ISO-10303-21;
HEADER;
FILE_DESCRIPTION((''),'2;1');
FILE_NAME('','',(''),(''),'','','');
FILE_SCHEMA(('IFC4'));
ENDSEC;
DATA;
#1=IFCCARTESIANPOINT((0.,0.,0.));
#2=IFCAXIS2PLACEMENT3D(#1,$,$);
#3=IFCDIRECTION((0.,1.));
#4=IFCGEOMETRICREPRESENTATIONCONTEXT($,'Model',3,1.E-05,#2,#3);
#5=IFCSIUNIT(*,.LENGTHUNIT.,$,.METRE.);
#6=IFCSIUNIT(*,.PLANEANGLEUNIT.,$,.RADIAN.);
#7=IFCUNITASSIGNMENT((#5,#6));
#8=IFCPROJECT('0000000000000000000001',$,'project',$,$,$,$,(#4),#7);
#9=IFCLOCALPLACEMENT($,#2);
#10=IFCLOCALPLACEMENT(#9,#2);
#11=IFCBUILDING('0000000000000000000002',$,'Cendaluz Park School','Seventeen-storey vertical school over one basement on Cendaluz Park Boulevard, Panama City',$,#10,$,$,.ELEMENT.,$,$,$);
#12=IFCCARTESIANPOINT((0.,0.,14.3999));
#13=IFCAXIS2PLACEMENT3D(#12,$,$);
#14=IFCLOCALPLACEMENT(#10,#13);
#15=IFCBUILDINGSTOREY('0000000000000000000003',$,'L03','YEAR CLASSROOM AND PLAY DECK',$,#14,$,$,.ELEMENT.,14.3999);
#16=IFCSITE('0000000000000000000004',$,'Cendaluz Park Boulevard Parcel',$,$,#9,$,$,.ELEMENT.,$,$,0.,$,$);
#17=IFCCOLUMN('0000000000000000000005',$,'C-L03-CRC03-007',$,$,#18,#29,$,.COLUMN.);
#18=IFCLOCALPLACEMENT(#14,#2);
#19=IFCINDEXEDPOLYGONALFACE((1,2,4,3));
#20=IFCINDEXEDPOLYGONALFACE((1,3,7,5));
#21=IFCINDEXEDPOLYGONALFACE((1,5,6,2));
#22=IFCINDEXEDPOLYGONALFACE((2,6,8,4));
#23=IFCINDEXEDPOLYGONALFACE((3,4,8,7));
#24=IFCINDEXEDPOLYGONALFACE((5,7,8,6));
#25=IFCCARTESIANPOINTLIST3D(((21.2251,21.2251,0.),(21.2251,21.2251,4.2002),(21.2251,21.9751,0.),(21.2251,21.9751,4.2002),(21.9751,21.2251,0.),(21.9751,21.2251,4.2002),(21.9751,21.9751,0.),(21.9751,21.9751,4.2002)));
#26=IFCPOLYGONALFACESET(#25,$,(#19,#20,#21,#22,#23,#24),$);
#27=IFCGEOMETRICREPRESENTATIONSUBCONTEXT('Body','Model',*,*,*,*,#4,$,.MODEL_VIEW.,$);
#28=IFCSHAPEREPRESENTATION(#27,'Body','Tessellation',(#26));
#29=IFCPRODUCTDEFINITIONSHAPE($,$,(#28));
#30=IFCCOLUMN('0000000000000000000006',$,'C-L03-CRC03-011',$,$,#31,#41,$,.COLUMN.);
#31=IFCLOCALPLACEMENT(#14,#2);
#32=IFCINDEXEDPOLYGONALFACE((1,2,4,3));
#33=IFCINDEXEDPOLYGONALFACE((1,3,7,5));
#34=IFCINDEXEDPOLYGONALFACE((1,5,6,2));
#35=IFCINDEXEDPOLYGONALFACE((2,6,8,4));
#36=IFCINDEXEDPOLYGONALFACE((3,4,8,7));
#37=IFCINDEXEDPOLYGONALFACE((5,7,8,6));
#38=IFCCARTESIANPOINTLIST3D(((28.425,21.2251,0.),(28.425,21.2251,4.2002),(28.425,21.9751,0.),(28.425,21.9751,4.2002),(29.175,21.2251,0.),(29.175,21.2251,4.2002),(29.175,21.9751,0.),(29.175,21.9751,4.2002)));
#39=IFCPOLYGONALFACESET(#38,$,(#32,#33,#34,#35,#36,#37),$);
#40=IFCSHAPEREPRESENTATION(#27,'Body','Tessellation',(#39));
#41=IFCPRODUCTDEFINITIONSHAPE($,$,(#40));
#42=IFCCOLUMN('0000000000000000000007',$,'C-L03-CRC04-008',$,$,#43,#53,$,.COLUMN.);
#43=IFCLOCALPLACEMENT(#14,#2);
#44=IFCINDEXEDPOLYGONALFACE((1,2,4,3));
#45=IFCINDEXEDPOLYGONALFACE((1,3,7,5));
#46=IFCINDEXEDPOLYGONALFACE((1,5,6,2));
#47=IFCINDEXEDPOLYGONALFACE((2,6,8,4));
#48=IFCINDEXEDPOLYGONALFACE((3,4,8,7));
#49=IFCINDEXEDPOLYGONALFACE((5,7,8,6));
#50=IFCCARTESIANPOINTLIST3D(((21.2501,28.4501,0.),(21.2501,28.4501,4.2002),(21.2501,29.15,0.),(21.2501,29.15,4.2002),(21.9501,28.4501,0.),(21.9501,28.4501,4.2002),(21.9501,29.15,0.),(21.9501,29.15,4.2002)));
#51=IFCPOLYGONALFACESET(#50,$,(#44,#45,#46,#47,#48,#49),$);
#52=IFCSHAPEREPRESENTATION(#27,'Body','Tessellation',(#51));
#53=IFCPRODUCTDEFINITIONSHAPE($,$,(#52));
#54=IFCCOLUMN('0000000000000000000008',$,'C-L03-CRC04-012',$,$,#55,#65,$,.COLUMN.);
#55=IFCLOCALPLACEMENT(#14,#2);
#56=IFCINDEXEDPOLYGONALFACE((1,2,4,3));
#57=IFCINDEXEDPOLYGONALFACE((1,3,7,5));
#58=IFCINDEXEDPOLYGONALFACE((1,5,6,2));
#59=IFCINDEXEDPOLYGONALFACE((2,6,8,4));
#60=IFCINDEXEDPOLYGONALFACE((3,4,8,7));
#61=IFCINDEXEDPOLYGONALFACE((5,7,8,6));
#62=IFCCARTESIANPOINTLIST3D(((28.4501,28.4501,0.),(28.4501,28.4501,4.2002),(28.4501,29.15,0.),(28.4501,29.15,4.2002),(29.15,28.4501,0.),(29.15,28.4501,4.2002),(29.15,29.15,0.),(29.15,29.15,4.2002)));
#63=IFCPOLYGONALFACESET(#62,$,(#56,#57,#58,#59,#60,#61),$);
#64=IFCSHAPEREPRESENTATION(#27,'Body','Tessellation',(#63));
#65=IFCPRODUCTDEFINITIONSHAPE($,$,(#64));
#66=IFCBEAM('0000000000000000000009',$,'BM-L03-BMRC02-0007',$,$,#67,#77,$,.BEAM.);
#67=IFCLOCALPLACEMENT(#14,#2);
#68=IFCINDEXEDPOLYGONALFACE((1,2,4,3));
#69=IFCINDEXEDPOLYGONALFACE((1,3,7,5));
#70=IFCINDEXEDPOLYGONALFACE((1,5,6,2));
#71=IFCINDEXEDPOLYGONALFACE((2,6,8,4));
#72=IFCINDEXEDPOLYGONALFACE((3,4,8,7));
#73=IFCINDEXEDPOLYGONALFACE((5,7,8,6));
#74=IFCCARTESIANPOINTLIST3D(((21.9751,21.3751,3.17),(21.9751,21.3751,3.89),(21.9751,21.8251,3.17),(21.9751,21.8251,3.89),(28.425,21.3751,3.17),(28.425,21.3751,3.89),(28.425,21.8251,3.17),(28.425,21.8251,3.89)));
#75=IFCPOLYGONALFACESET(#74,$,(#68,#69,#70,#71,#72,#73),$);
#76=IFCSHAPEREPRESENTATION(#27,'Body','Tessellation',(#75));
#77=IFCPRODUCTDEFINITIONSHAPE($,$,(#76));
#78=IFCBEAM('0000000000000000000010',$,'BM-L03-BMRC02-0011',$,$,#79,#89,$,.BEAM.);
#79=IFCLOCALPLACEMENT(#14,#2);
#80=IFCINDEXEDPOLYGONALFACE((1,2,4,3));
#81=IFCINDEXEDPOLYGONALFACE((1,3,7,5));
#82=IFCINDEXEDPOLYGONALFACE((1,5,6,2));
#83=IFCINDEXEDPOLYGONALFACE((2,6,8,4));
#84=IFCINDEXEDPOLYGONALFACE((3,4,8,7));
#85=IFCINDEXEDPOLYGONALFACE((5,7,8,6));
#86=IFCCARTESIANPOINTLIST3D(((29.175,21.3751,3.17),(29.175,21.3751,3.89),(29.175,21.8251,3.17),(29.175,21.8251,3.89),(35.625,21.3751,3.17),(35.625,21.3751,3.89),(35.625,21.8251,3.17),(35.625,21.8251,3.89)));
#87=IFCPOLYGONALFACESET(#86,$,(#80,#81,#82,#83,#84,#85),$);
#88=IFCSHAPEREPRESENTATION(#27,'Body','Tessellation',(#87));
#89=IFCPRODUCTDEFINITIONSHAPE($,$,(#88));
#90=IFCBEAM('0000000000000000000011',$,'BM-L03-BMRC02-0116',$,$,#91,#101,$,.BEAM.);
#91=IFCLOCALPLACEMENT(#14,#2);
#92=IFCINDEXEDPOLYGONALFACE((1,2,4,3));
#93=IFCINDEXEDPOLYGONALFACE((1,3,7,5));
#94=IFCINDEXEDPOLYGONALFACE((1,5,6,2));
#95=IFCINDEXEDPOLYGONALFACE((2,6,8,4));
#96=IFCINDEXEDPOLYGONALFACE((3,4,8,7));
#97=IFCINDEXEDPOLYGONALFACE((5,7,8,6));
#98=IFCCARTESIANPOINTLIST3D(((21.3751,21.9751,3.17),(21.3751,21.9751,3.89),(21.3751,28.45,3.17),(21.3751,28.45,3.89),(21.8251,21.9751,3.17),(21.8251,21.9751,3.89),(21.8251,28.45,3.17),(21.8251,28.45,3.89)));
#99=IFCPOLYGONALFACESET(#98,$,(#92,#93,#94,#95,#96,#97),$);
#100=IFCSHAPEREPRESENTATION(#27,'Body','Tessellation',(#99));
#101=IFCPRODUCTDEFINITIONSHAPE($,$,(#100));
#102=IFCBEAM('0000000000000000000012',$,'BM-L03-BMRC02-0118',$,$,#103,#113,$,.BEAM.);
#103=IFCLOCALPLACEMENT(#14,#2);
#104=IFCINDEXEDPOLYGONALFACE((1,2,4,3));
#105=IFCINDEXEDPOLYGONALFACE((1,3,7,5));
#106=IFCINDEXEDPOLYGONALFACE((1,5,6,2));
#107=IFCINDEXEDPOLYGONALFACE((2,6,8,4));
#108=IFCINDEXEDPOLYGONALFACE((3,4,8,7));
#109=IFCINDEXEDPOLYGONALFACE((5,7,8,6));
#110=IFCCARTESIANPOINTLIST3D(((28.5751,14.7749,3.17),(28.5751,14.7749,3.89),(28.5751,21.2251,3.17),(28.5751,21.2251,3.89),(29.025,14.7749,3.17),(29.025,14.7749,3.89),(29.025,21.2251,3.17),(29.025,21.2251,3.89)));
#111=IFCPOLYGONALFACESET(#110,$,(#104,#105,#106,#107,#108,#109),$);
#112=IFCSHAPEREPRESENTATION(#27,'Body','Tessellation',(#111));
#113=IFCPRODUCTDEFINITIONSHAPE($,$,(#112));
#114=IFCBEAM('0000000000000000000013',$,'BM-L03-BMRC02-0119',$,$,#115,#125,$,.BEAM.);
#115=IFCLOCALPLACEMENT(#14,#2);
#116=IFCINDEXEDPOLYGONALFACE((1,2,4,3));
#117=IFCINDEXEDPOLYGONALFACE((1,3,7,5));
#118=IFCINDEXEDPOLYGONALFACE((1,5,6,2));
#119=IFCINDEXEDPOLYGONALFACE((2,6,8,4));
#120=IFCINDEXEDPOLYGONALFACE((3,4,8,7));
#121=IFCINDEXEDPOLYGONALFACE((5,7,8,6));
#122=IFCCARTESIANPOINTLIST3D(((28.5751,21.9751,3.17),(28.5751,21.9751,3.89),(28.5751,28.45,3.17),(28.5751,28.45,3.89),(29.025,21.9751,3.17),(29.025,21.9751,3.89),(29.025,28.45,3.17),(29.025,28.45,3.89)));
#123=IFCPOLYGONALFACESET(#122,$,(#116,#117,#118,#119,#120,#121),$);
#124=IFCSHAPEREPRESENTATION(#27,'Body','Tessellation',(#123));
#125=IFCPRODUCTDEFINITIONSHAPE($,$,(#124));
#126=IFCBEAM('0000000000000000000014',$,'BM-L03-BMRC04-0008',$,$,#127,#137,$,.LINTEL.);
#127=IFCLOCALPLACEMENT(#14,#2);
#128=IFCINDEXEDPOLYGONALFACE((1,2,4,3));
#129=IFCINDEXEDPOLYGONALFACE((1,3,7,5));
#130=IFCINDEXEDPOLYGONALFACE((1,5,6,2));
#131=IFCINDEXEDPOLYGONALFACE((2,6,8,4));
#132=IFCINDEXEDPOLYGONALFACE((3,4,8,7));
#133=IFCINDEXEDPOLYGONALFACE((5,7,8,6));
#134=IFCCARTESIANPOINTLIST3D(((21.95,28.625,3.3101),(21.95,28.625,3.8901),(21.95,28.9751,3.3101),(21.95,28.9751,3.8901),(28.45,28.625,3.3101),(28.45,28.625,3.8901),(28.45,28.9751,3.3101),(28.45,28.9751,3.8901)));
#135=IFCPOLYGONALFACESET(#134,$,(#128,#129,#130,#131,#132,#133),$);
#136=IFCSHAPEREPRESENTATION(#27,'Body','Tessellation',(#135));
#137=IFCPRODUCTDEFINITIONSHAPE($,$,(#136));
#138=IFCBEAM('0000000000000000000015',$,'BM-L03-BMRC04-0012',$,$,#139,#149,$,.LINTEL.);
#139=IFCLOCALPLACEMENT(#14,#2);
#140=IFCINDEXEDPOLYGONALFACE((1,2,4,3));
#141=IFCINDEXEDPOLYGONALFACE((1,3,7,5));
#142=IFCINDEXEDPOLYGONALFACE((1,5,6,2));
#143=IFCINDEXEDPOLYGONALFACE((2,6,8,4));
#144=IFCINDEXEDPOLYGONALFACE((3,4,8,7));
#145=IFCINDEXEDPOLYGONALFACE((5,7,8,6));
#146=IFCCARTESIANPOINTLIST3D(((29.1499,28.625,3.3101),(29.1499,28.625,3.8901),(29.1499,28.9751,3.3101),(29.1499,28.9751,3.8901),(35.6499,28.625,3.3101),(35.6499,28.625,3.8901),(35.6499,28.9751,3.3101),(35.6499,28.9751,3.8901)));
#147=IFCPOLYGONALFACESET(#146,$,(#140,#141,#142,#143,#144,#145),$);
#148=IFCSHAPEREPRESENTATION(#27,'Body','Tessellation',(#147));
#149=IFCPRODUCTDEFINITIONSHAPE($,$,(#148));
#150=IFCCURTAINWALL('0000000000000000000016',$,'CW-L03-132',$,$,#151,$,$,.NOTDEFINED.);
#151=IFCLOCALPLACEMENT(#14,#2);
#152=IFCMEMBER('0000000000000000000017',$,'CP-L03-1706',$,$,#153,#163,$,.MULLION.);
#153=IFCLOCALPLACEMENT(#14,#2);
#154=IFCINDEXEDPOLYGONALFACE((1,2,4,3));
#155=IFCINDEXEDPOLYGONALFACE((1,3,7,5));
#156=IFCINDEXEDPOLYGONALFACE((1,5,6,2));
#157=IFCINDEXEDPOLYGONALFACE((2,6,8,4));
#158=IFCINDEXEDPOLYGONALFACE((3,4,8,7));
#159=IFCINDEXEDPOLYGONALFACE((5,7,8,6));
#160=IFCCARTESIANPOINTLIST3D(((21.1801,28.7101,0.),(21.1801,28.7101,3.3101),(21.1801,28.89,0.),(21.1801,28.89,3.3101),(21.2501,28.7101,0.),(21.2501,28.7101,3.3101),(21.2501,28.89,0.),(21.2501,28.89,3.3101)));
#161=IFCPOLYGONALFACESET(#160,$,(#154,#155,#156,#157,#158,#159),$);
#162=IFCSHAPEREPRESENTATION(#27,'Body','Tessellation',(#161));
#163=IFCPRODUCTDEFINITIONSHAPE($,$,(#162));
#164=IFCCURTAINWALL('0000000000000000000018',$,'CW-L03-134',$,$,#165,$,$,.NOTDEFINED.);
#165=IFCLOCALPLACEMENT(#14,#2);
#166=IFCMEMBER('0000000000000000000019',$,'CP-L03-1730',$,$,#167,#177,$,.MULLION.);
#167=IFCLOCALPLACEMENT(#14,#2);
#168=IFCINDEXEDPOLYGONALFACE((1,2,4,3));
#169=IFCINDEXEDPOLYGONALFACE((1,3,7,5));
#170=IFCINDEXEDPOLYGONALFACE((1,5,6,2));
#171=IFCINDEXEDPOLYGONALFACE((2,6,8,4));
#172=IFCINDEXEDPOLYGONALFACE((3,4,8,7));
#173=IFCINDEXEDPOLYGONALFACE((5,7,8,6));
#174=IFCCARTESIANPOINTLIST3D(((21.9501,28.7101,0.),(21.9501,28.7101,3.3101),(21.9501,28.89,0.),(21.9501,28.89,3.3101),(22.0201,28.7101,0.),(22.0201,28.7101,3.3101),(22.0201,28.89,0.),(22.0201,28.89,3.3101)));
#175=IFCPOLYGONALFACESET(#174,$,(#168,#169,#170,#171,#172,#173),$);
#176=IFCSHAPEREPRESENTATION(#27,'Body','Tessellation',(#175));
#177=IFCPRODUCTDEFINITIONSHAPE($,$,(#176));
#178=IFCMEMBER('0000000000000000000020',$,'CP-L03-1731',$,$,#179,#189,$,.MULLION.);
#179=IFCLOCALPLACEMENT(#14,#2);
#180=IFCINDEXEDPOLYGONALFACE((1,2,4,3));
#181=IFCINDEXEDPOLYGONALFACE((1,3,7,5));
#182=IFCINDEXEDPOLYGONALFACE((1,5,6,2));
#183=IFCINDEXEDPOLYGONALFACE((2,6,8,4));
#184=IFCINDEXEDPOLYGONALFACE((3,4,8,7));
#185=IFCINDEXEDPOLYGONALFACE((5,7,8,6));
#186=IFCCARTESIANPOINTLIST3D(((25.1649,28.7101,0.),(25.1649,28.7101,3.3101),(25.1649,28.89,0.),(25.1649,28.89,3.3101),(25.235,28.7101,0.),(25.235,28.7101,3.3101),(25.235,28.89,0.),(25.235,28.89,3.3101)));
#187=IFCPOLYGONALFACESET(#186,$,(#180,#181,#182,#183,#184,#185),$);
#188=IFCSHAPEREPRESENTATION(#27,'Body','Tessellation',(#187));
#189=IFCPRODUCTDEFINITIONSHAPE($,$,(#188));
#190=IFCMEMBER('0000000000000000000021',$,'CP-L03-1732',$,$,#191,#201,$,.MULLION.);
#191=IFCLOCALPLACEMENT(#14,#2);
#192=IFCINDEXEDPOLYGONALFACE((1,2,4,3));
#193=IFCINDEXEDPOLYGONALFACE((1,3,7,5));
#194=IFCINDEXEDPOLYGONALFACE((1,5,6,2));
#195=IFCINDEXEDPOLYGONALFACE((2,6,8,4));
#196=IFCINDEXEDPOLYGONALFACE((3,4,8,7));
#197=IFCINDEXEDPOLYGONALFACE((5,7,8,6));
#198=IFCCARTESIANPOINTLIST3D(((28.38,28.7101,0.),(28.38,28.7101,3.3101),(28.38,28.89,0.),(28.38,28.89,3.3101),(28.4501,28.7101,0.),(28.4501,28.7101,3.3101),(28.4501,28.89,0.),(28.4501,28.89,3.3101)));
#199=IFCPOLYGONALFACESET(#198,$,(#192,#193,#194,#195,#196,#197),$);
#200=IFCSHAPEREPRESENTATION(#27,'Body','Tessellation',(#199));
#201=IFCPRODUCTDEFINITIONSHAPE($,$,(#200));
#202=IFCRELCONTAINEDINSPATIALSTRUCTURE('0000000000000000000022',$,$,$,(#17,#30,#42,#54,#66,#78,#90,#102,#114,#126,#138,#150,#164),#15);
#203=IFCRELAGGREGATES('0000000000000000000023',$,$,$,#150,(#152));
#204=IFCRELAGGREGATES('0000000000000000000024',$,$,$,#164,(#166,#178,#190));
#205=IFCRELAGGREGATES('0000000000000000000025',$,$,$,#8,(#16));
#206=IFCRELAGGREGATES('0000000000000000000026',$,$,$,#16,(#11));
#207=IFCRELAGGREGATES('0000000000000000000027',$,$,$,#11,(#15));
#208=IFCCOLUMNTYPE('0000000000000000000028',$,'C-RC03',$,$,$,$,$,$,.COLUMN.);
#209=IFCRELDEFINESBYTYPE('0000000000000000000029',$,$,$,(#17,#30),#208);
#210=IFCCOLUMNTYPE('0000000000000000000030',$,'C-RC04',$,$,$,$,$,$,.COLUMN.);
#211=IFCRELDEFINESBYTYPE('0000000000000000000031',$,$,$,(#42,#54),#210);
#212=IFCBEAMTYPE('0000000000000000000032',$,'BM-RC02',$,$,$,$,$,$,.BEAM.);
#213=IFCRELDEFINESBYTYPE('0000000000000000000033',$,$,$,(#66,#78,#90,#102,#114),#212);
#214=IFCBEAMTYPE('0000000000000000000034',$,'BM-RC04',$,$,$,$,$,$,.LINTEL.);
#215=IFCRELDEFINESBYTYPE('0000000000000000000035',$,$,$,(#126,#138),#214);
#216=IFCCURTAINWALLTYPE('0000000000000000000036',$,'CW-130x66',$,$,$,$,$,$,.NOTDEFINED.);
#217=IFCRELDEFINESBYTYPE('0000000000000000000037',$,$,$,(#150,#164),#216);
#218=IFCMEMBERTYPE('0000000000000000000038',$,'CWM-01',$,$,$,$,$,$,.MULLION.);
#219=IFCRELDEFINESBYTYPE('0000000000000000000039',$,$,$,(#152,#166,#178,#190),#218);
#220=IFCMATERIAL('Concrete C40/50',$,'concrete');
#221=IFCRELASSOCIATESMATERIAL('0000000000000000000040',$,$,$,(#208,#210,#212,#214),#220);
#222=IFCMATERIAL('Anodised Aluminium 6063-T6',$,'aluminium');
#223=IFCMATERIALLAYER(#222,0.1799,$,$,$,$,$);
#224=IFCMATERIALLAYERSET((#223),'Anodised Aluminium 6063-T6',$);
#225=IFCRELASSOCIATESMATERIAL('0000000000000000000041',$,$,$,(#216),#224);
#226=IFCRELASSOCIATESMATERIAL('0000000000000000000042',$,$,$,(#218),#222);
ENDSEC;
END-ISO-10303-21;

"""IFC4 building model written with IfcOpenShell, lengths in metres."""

from ifc_helpers import new_model, si_unit, direction, frame, origin, origin_2d, place, context, subcontext, project, spatial, rectangle, extrude, material, layer, layer_set, material_profile, profile_set, type_object, element, aggregate, save


model = new_model("IFC4")

# Units and contexts
model_context = context("Model", 3, precision=1e-05, world=origin(), true_north=direction((0.0, 1.0)))
body_context = subcontext(model_context, "Body", "Model", "MODEL_VIEW")
ifc_project = project(units=[si_unit("LENGTHUNIT", "METRE"), si_unit("PLANEANGLEUNIT", "RADIAN")], contexts=[model_context])

# Site, building, storey
site_placement = place(None, origin())
site = spatial("IfcSite", under=ifc_project, at=site_placement, Name="Cendaluz Park Boulevard Parcel", CompositionType="ELEMENT", RefElevation=0.0)
building_placement = place(site_placement, origin())
building = spatial("IfcBuilding", under=site, at=building_placement, Name="Cendaluz Park School", Description="Seventeen-storey vertical school over one basement on Cendaluz Park Boulevard, Panama City", CompositionType="ELEMENT")
storey_placement = place(building_placement, frame((0.0, 0.0, 14.3999)))
storey = spatial("IfcBuildingStorey", under=building, at=storey_placement, Name="L03", Description="YEAR CLASSROOM AND PLAY DECK", CompositionType="ELEMENT", Elevation=14.3999)

# Columns
ifc_material_1 = material(Name="Concrete C40/50", Category="concrete")
ifc_material_profile_1 = material_profile(ifc_material_1, rectangle(XDim=0.75, YDim=0.75, at=origin_2d()), Name="RC 750x750", Category="concrete")
ifc_profile_set_1 = profile_set([ifc_material_profile_1], Name="Concrete C40/50")
column_type_1 = type_object("IfcColumnType", Name="C-RC03", PredefinedType="COLUMN", material=ifc_profile_set_1)
for number, where, z_axis, x_axis, name in (
    (1, (21.6001, 21.6001, 0.0), (0.0, 0.0, 1.0), (1.0, 0.0, 0.0), "C-L03-CRC03-007"),
    (2, (28.8, 21.6001, 0.0), (0.0, 0.0, 1.0), (1.0, 0.0, 0.0), "C-L03-CRC03-011"),
):
    element("IfcColumn", number, at=place(storey_placement, frame(where, z_axis=z_axis, x_axis=x_axis)), inside=storey, type_object=column_type_1, Name=name, PredefinedType="COLUMN", context=body_context, shape_type="SweptSolid", body=[
        extrude(rectangle(XDim=0.75, YDim=0.75, at=origin_2d()), origin(), (0.0, 0.0, 1.0), 4.2002),
    ])
ifc_material_profile_2 = material_profile(ifc_material_1, rectangle(XDim=0.7, YDim=0.7, at=origin_2d()), Name="RC 700x700", Category="concrete")
ifc_profile_set_2 = profile_set([ifc_material_profile_2], Name="Concrete C40/50")
column_type_2 = type_object("IfcColumnType", Name="C-RC04", PredefinedType="COLUMN", material=ifc_profile_set_2)
for number, where, z_axis, x_axis, name in (
    (3, (21.6001, 28.8, 0.0), (0.0, 0.0, 1.0), (1.0, 0.0, 0.0), "C-L03-CRC04-008"),
    (4, (28.8, 28.8, 0.0), (0.0, 0.0, 1.0), (1.0, 0.0, 0.0), "C-L03-CRC04-012"),
):
    element("IfcColumn", number, at=place(storey_placement, frame(where, z_axis=z_axis, x_axis=x_axis)), inside=storey, type_object=column_type_2, Name=name, PredefinedType="COLUMN", context=body_context, shape_type="SweptSolid", body=[
        extrude(rectangle(XDim=0.7, YDim=0.7, at=origin_2d()), origin(), (0.0, 0.0, 1.0), 4.2002),
    ])

# Beams
ifc_material_profile_3 = material_profile(ifc_material_1, rectangle(XDim=0.45, YDim=0.72, at=origin_2d()), Name="RC 450x720", Category="concrete")
ifc_profile_set_3 = profile_set([ifc_material_profile_3], Name="Concrete C40/50")
beam_type_1 = type_object("IfcBeamType", Name="BM-RC02", PredefinedType="BEAM", material=ifc_profile_set_3)
for number, where, z_axis, x_axis, name in (
    (5, (21.9751, 21.6001, 3.53), (1.0, 0.0, 0.0), (0.0, 1.0, 0.0), "BM-L03-BMRC02-0007"),
    (6, (29.175, 21.6001, 3.53), (1.0, 0.0, 0.0), (0.0, 1.0, 0.0), "BM-L03-BMRC02-0011"),
):
    element("IfcBeam", number, at=place(storey_placement, frame(where, z_axis=z_axis, x_axis=x_axis)), inside=storey, type_object=beam_type_1, Name=name, PredefinedType="BEAM", context=body_context, shape_type="SweptSolid", body=[
        extrude(rectangle(XDim=0.45, YDim=0.72, at=origin_2d()), origin(), (0.0, 0.0, 1.0), 6.45),
    ])
beam_1_placement = place(storey_placement, frame((21.6001, 21.9751, 3.53), z_axis=(0.0, 1.0, 0.0), x_axis=(-1.0, 0.0, 0.0)))
element("IfcBeam", 7, at=beam_1_placement, inside=storey, type_object=beam_type_1, Name="BM-L03-BMRC02-0116", PredefinedType="BEAM", context=body_context, shape_type="SweptSolid", body=[
    extrude(rectangle(XDim=0.45, YDim=0.72, at=origin_2d()), origin(), (0.0, 0.0, 1.0), 6.4749),
])
beam_2_placement = place(storey_placement, frame((28.8, 14.7749, 3.53), z_axis=(0.0, 1.0, 0.0), x_axis=(-1.0, 0.0, 0.0)))
element("IfcBeam", 8, at=beam_2_placement, inside=storey, type_object=beam_type_1, Name="BM-L03-BMRC02-0118", PredefinedType="BEAM", context=body_context, shape_type="SweptSolid", body=[
    extrude(rectangle(XDim=0.45, YDim=0.72, at=origin_2d()), origin(), (0.0, 0.0, 1.0), 6.4502),
])
beam_3_placement = place(storey_placement, frame((28.8, 21.9751, 3.53), z_axis=(0.0, 1.0, 0.0), x_axis=(-1.0, 0.0, 0.0)))
element("IfcBeam", 9, at=beam_3_placement, inside=storey, type_object=beam_type_1, Name="BM-L03-BMRC02-0119", PredefinedType="BEAM", context=body_context, shape_type="SweptSolid", body=[
    extrude(rectangle(XDim=0.45, YDim=0.72, at=origin_2d()), origin(), (0.0, 0.0, 1.0), 6.4749),
])
ifc_material_profile_4 = material_profile(ifc_material_1, rectangle(XDim=0.3501, YDim=0.5801, at=origin_2d()), Name="RC 350x580", Category="concrete")
ifc_profile_set_4 = profile_set([ifc_material_profile_4], Name="Concrete C40/50")
beam_type_2 = type_object("IfcBeamType", Name="BM-RC04", PredefinedType="LINTEL", material=ifc_profile_set_4)
for number, where, z_axis, x_axis, name in (
    (10, (21.95, 28.8, 3.6001), (1.0, 0.0, 0.0), (0.0, 1.0, 0.0), "BM-L03-BMRC04-0008"),
    (11, (29.1499, 28.8, 3.6001), (1.0, 0.0, 0.0), (0.0, 1.0, 0.0), "BM-L03-BMRC04-0012"),
):
    element("IfcBeam", number, at=place(storey_placement, frame(where, z_axis=z_axis, x_axis=x_axis)), inside=storey, type_object=beam_type_2, Name=name, PredefinedType="LINTEL", context=body_context, shape_type="SweptSolid", body=[
        extrude(rectangle(XDim=0.3501, YDim=0.5801, at=origin_2d()), origin(), (0.0, 0.0, 1.0), 6.5),
    ])

# Curtain wall, member
ifc_material_2 = material(Name="Anodised Aluminium 6063-T6", Category="aluminium")
ifc_layer_1 = layer(ifc_material_2, 0.1799)
ifc_layer_set_1 = layer_set([ifc_layer_1], Name="Anodised Aluminium 6063-T6")
curtain_wall_type = type_object("IfcCurtainWallType", Name="CW-130x66", PredefinedType="NOTDEFINED", material=ifc_layer_set_1)
curtain_wall_1_placement = place(storey_placement, origin())
curtain_wall_1 = element("IfcCurtainWall", 12, at=curtain_wall_1_placement, inside=storey, type_object=curtain_wall_type, Name="CW-L03-132", PredefinedType="NOTDEFINED")
ifc_material_profile_5 = material_profile(ifc_material_2, rectangle(XDim=0.1799, YDim=0.0701, at=origin_2d()), Name="CWM 180x70", Category="aluminium")
ifc_profile_set_5 = profile_set([ifc_material_profile_5], Name="Anodised Aluminium 6063-T6")
member_type_1 = type_object("IfcMemberType", Name="CWM-01", PredefinedType="MULLION", material=ifc_profile_set_5)
member_1_placement = place(storey_placement, frame((21.2151, 28.8, 0.0), z_axis=(0.0, 0.0, 1.0), x_axis=(0.0, 1.0, 0.0)))
member_1 = element("IfcMember", 13, at=member_1_placement, type_object=member_type_1, Name="CP-L03-1706", PredefinedType="MULLION", context=body_context, shape_type="SweptSolid", body=[
    extrude(rectangle(XDim=0.1799, YDim=0.0701, at=origin_2d()), origin(), (0.0, 0.0, 1.0), 3.3101),
])
aggregate(curtain_wall_1, [member_1])

# Curtain wall, members
curtain_wall_2_placement = place(storey_placement, origin())
curtain_wall_2 = element("IfcCurtainWall", 14, at=curtain_wall_2_placement, inside=storey, type_object=curtain_wall_type, Name="CW-L03-134", PredefinedType="NOTDEFINED")
member_2_placement = place(storey_placement, frame((21.9851, 28.8, 0.0), z_axis=(0.0, 0.0, 1.0), x_axis=(0.0, 1.0, 0.0)))
member_2 = element("IfcMember", 15, at=member_2_placement, type_object=member_type_1, Name="CP-L03-1730", PredefinedType="MULLION", context=body_context, shape_type="SweptSolid", body=[
    extrude(rectangle(XDim=0.1799, YDim=0.0701, at=origin_2d()), origin(), (0.0, 0.0, 1.0), 3.3101),
])
member_3_placement = place(storey_placement, frame((25.2, 28.8, 0.0), z_axis=(0.0, 0.0, 1.0), x_axis=(0.0, 1.0, 0.0)))
member_3 = element("IfcMember", 16, at=member_3_placement, type_object=member_type_1, Name="CP-L03-1731", PredefinedType="MULLION", context=body_context, shape_type="SweptSolid", body=[
    extrude(rectangle(XDim=0.1799, YDim=0.0701, at=origin_2d()), origin(), (0.0, 0.0, 1.0), 3.3101),
])
member_4_placement = place(storey_placement, frame((28.415, 28.8, 0.0), z_axis=(0.0, 0.0, 1.0), x_axis=(0.0, 1.0, 0.0)))
member_4 = element("IfcMember", 17, at=member_4_placement, type_object=member_type_1, Name="CP-L03-1732", PredefinedType="MULLION", context=body_context, shape_type="SweptSolid", body=[
    extrude(rectangle(XDim=0.1799, YDim=0.0701, at=origin_2d()), origin(), (0.0, 0.0, 1.0), 3.3101),
])

aggregate(curtain_wall_2, [member_2, member_3, member_4])

save(model, "model.ifc")
